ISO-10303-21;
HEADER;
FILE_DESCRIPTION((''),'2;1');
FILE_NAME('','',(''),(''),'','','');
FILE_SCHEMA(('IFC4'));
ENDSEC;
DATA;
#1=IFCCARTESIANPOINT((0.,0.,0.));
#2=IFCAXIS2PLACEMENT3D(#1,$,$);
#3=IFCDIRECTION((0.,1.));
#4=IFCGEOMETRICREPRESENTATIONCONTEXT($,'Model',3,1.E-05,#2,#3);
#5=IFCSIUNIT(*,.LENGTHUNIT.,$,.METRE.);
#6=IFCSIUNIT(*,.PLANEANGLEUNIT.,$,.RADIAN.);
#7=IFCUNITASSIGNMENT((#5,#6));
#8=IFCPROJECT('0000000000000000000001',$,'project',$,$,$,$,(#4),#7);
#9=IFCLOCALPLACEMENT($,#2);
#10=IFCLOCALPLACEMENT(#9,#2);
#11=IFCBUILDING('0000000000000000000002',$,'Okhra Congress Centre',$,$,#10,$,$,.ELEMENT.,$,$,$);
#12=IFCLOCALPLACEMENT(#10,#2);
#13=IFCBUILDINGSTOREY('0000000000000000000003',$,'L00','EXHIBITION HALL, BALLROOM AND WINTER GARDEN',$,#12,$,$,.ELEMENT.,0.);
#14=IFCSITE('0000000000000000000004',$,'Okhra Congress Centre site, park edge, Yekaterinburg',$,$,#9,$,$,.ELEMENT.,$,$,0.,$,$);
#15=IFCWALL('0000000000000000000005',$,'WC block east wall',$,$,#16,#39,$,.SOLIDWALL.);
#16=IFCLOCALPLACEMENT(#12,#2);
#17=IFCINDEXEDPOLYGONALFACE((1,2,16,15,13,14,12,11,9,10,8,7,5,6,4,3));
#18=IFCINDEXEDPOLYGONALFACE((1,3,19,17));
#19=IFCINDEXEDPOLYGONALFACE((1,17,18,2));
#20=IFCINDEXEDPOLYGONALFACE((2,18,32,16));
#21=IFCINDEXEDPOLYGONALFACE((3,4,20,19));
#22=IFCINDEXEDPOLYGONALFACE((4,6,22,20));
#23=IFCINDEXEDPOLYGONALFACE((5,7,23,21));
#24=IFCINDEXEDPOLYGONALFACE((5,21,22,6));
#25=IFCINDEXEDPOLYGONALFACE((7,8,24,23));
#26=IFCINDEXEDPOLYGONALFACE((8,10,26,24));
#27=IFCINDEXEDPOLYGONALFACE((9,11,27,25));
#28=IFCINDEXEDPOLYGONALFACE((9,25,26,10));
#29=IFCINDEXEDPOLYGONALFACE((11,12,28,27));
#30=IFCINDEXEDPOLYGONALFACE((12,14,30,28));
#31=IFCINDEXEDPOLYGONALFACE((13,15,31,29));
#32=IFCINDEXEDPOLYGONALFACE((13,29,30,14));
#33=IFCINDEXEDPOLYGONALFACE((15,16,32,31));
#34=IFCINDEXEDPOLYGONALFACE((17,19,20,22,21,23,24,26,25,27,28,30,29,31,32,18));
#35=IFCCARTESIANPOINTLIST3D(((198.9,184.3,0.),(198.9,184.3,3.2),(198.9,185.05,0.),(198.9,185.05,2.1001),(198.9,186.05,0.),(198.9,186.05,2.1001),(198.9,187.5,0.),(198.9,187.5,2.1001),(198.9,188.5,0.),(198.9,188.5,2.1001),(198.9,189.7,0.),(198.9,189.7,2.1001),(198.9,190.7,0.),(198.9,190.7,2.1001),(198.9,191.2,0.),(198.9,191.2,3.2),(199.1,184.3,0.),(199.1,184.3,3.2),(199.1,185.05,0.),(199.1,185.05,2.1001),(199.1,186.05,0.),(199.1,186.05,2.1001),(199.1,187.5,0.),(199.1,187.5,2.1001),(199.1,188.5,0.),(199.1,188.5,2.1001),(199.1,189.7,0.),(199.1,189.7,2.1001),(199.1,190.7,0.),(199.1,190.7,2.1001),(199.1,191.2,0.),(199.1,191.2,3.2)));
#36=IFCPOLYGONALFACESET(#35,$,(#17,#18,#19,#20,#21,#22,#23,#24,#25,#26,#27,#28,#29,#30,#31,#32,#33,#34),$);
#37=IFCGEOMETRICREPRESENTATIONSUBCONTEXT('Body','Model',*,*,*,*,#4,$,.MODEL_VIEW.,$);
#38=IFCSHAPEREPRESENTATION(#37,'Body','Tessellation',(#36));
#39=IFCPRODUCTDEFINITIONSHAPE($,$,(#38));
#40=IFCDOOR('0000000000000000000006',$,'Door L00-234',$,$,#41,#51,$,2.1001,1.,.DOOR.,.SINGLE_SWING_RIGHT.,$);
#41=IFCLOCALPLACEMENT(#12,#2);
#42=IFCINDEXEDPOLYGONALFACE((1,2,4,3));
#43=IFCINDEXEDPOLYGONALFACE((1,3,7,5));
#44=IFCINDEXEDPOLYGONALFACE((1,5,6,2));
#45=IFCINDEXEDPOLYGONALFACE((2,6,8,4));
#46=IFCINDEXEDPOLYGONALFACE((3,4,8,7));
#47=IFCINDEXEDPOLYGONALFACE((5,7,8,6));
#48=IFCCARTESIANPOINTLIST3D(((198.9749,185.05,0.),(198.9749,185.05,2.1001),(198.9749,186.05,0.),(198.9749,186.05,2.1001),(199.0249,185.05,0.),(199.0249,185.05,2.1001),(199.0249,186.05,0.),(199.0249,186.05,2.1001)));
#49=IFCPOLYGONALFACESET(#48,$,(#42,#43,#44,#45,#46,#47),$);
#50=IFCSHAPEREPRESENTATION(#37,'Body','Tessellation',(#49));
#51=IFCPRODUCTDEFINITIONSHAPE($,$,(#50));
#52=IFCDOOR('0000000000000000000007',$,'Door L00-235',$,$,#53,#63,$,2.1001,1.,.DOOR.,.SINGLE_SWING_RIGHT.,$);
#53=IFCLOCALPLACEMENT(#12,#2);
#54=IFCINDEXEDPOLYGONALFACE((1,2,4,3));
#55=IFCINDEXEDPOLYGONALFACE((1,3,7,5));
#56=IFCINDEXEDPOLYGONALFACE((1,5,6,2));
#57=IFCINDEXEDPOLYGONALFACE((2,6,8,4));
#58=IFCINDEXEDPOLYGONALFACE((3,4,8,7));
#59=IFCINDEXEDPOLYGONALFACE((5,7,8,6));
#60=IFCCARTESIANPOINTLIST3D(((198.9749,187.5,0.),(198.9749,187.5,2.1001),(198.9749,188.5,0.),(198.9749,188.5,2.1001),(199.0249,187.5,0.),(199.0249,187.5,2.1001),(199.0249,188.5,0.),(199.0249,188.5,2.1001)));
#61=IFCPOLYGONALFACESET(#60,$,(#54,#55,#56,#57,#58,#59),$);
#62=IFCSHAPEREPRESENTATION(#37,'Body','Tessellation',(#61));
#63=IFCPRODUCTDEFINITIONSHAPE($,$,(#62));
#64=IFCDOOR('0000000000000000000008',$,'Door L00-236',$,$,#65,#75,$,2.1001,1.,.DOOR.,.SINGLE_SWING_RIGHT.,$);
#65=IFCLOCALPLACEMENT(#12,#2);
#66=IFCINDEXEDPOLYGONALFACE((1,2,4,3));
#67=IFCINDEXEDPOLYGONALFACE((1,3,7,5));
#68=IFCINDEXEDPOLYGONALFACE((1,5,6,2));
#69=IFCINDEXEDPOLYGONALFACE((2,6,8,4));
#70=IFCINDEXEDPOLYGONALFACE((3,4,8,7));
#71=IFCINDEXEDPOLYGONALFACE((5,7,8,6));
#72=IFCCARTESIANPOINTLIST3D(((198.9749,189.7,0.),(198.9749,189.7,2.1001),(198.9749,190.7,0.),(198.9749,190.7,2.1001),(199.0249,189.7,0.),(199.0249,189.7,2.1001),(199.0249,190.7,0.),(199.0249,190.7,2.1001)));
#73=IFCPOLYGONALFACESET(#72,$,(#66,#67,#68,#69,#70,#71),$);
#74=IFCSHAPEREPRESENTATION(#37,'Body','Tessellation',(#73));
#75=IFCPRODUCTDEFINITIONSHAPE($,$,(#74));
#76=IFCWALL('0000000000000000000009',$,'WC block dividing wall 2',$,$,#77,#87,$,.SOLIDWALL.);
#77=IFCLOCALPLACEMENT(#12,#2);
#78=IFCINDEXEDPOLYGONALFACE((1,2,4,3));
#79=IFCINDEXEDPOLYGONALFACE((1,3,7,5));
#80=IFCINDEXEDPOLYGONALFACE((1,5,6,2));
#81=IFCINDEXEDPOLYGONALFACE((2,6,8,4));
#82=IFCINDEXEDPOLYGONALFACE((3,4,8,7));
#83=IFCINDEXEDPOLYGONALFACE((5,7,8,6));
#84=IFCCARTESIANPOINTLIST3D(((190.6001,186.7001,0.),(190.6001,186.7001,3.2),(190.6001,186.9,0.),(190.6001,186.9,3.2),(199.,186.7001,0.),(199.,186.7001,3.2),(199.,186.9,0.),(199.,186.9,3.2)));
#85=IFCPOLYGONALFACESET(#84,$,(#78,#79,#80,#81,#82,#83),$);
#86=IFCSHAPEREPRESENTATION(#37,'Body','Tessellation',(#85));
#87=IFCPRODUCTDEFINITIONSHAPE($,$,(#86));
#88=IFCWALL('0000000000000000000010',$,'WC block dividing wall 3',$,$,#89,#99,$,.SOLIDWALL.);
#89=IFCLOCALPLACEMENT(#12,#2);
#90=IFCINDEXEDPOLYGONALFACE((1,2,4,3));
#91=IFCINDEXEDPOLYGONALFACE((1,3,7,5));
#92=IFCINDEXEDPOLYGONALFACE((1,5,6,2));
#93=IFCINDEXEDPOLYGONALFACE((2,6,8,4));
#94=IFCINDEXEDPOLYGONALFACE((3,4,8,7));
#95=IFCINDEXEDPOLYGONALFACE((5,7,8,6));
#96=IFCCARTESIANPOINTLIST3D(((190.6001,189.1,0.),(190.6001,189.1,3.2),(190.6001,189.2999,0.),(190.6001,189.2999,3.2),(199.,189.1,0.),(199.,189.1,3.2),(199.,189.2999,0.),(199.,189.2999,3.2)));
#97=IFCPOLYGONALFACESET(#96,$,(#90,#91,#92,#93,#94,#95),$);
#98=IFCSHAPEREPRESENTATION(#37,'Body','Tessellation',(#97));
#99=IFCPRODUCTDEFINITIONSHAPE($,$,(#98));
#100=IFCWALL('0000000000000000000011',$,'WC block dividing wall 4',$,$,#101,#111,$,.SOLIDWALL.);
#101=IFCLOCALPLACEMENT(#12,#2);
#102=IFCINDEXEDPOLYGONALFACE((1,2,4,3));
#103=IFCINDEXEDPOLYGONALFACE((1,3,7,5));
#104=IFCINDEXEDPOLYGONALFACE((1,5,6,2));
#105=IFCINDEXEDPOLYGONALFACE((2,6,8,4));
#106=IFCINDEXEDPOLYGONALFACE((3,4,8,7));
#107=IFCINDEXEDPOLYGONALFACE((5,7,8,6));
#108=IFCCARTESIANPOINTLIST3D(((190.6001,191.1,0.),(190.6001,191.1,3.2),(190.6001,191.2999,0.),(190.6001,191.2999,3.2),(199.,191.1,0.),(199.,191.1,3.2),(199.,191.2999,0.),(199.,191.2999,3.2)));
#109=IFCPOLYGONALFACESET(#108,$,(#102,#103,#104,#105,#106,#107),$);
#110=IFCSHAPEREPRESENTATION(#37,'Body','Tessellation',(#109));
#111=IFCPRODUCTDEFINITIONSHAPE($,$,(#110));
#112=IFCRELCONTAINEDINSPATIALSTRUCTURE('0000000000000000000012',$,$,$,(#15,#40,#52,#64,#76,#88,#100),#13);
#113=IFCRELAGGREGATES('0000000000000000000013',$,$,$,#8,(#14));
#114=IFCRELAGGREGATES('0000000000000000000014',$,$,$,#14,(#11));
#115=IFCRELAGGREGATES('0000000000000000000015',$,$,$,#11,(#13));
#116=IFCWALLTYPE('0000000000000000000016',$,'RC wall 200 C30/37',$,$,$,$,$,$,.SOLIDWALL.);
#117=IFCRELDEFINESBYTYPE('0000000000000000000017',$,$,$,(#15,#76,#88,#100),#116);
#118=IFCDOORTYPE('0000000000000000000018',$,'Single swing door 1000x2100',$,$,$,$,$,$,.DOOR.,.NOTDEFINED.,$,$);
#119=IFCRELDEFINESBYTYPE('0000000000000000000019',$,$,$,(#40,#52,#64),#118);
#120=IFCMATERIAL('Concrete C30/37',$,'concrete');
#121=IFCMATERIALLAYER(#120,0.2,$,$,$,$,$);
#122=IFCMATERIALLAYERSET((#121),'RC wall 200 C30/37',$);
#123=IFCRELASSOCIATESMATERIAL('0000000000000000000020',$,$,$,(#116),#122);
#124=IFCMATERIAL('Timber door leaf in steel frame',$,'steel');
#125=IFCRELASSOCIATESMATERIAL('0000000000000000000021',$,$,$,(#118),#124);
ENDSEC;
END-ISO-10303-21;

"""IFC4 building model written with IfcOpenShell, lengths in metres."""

from ifc_helpers import new_model, si_unit, direction, frame, frame_2d, origin, place, context, subcontext, project, spatial, rectangle, extrude, material, layer, layer_set, type_object, element, fill, save


model = new_model("IFC4")

# Units and contexts
model_context = context("Model", 3, precision=1e-05, world=origin(), true_north=direction((0.0, 1.0)))
body_context = subcontext(model_context, "Body", "Model", "MODEL_VIEW")
ifc_project = project(units=[si_unit("LENGTHUNIT", "METRE"), si_unit("PLANEANGLEUNIT", "RADIAN")], contexts=[model_context])

# Site, building, storey
site_placement = place(None, origin())
site = spatial("IfcSite", under=ifc_project, at=site_placement, Name="Okhra Congress Centre site, park edge, Yekaterinburg", CompositionType="ELEMENT", RefElevation=0.0)
building_placement = place(site_placement, origin())
building = spatial("IfcBuilding", under=site, at=building_placement, Name="Okhra Congress Centre", CompositionType="ELEMENT")
storey_placement = place(building_placement, origin())
storey = spatial("IfcBuildingStorey", under=building, at=storey_placement, Name="L00", Description="EXHIBITION HALL, BALLROOM AND WINTER GARDEN", CompositionType="ELEMENT", Elevation=0.0)

# Shared definitions
ifc_material_1 = material(Name="Concrete C30/37", Category="concrete")

# Wall, openings, doors
ifc_layer_1 = layer(ifc_material_1, 0.2)
ifc_layer_set_1 = layer_set([ifc_layer_1], Name="RC wall 200 C30/37")
wall_type_1 = type_object("IfcWallType", Name="RC wall 200 C30/37", PredefinedType="SOLIDWALL", material=ifc_layer_set_1)
wall_1_placement = place(storey_placement, frame((199.0, 184.3, 0.0), z_axis=(0.0, 0.0, 1.0), x_axis=(0.0, 1.0, 0.0)))
wall_1 = element("IfcWall", 1, at=wall_1_placement, inside=storey, type_object=wall_type_1, Name="WC block east wall", PredefinedType="SOLIDWALL", context=body_context, shape_type="SweptSolid", body=[
    extrude(rectangle(XDim=6.8999, YDim=0.2, at=frame_2d((3.45, 0.0))), origin(), (0.0, 0.0, 1.0), 3.2),
])
opening_1_placement = place(wall_1_placement, frame((0.75, 0.0, 0.0)))
opening_1 = element("IfcOpeningElement", 2, at=opening_1_placement, cuts=wall_1, PredefinedType="OPENING", context=body_context, shape_type="SweptSolid", body=[
    extrude(rectangle(XDim=1.0, YDim=2.1001, at=frame_2d((0.5, 1.05))), frame((0.0, 0.1099, 0.0), z_axis=(0.0, -1.0, 0.0), x_axis=(1.0, 0.0, 0.0)), (0.0, 0.0, 1.0), 0.22),
])
opening_2_placement = place(wall_1_placement, frame((3.2, 0.0, 0.0)))
opening_2 = element("IfcOpeningElement", 3, at=opening_2_placement, cuts=wall_1, PredefinedType="OPENING", context=body_context, shape_type="SweptSolid", body=[
    extrude(rectangle(XDim=1.0, YDim=2.1001, at=frame_2d((0.5, 1.05))), frame((0.0, 0.1099, 0.0), z_axis=(0.0, -1.0, 0.0), x_axis=(1.0, 0.0, 0.0)), (0.0, 0.0, 1.0), 0.22),
])
opening_3_placement = place(wall_1_placement, frame((5.3999, 0.0, 0.0)))
opening_3 = element("IfcOpeningElement", 4, at=opening_3_placement, cuts=wall_1, PredefinedType="OPENING", context=body_context, shape_type="SweptSolid", body=[
    extrude(rectangle(XDim=1.0, YDim=2.1001, at=frame_2d((0.5, 1.05))), frame((0.0, 0.1099, 0.0), z_axis=(0.0, -1.0, 0.0), x_axis=(1.0, 0.0, 0.0)), (0.0, 0.0, 1.0), 0.22),
])
ifc_material_2 = material(Name="Timber door leaf in steel frame", Category="steel")
door_type = type_object("IfcDoorType", Name="Single swing door 1000x2100", OperationType="NOTDEFINED", PredefinedType="DOOR", material=ifc_material_2)
door_1_placement = place(opening_1_placement, frame((1.0, 0.0, 0.0), z_axis=(0.0, 0.0, 1.0), x_axis=(-1.0, 0.0, 0.0)))
door_1 = element("IfcDoor", 5, at=door_1_placement, inside=storey, type_object=door_type, Name="Door L00-234", OperationType="SINGLE_SWING_RIGHT", OverallHeight=2.1001, OverallWidth=1.0, PredefinedType="DOOR", context=body_context, shape_type="SweptSolid", body=[
    extrude(rectangle(XDim=1.0, YDim=2.1001, at=frame_2d((0.5, 1.05))), frame((0.0, 0.0249, 0.0), z_axis=(0.0, -1.0, 0.0), x_axis=(1.0, 0.0, 0.0)), (0.0, 0.0, 1.0), 0.05),
])
fill(opening_1, door_1)
door_2_placement = place(opening_2_placement, frame((1.0, 0.0, 0.0), z_axis=(0.0, 0.0, 1.0), x_axis=(-1.0, 0.0, 0.0)))
door_2 = element("IfcDoor", 6, at=door_2_placement, inside=storey, type_object=door_type, Name="Door L00-235", OperationType="SINGLE_SWING_RIGHT", OverallHeight=2.1001, OverallWidth=1.0, PredefinedType="DOOR", context=body_context, shape_type="SweptSolid", body=[
    extrude(rectangle(XDim=1.0, YDim=2.1001, at=frame_2d((0.5, 1.05))), frame((0.0, 0.0249, 0.0), z_axis=(0.0, -1.0, 0.0), x_axis=(1.0, 0.0, 0.0)), (0.0, 0.0, 1.0), 0.05),
])
fill(opening_2, door_2)
door_3_placement = place(opening_3_placement, frame((1.0, 0.0, 0.0), z_axis=(0.0, 0.0, 1.0), x_axis=(-1.0, 0.0, 0.0)))
door_3 = element("IfcDoor", 7, at=door_3_placement, inside=storey, type_object=door_type, Name="Door L00-236", OperationType="SINGLE_SWING_RIGHT", OverallHeight=2.1001, OverallWidth=1.0, PredefinedType="DOOR", context=body_context, shape_type="SweptSolid", body=[
    extrude(rectangle(XDim=1.0, YDim=2.1001, at=frame_2d((0.5, 1.05))), frame((0.0, 0.0249, 0.0), z_axis=(0.0, -1.0, 0.0), x_axis=(1.0, 0.0, 0.0)), (0.0, 0.0, 1.0), 0.05),
])
fill(opening_3, door_3)

# Walls
for number, where, z_axis, x_axis, name in (
    (8, (190.6001, 186.8, 0.0), (0.0, 0.0, 1.0), (1.0, 0.0, 0.0), "WC block dividing wall 2"),
    (9, (190.6001, 189.2, 0.0), (0.0, 0.0, 1.0), (1.0, 0.0, 0.0), "WC block dividing wall 3"),
    (10, (190.6001, 191.2, 0.0), (0.0, 0.0, 1.0), (1.0, 0.0, 0.0), "WC block dividing wall 4"),
):
    element("IfcWall", number, at=place(storey_placement, frame(where, z_axis=z_axis, x_axis=x_axis)), inside=storey, type_object=wall_type_1, Name=name, PredefinedType="SOLIDWALL", context=body_context, shape_type="SweptSolid", body=[
        extrude(rectangle(XDim=8.3999, YDim=0.2, at=frame_2d((4.2, 0.0))), origin(), (0.0, 0.0, 1.0), 3.2),
    ])

save(model, "model.ifc")
